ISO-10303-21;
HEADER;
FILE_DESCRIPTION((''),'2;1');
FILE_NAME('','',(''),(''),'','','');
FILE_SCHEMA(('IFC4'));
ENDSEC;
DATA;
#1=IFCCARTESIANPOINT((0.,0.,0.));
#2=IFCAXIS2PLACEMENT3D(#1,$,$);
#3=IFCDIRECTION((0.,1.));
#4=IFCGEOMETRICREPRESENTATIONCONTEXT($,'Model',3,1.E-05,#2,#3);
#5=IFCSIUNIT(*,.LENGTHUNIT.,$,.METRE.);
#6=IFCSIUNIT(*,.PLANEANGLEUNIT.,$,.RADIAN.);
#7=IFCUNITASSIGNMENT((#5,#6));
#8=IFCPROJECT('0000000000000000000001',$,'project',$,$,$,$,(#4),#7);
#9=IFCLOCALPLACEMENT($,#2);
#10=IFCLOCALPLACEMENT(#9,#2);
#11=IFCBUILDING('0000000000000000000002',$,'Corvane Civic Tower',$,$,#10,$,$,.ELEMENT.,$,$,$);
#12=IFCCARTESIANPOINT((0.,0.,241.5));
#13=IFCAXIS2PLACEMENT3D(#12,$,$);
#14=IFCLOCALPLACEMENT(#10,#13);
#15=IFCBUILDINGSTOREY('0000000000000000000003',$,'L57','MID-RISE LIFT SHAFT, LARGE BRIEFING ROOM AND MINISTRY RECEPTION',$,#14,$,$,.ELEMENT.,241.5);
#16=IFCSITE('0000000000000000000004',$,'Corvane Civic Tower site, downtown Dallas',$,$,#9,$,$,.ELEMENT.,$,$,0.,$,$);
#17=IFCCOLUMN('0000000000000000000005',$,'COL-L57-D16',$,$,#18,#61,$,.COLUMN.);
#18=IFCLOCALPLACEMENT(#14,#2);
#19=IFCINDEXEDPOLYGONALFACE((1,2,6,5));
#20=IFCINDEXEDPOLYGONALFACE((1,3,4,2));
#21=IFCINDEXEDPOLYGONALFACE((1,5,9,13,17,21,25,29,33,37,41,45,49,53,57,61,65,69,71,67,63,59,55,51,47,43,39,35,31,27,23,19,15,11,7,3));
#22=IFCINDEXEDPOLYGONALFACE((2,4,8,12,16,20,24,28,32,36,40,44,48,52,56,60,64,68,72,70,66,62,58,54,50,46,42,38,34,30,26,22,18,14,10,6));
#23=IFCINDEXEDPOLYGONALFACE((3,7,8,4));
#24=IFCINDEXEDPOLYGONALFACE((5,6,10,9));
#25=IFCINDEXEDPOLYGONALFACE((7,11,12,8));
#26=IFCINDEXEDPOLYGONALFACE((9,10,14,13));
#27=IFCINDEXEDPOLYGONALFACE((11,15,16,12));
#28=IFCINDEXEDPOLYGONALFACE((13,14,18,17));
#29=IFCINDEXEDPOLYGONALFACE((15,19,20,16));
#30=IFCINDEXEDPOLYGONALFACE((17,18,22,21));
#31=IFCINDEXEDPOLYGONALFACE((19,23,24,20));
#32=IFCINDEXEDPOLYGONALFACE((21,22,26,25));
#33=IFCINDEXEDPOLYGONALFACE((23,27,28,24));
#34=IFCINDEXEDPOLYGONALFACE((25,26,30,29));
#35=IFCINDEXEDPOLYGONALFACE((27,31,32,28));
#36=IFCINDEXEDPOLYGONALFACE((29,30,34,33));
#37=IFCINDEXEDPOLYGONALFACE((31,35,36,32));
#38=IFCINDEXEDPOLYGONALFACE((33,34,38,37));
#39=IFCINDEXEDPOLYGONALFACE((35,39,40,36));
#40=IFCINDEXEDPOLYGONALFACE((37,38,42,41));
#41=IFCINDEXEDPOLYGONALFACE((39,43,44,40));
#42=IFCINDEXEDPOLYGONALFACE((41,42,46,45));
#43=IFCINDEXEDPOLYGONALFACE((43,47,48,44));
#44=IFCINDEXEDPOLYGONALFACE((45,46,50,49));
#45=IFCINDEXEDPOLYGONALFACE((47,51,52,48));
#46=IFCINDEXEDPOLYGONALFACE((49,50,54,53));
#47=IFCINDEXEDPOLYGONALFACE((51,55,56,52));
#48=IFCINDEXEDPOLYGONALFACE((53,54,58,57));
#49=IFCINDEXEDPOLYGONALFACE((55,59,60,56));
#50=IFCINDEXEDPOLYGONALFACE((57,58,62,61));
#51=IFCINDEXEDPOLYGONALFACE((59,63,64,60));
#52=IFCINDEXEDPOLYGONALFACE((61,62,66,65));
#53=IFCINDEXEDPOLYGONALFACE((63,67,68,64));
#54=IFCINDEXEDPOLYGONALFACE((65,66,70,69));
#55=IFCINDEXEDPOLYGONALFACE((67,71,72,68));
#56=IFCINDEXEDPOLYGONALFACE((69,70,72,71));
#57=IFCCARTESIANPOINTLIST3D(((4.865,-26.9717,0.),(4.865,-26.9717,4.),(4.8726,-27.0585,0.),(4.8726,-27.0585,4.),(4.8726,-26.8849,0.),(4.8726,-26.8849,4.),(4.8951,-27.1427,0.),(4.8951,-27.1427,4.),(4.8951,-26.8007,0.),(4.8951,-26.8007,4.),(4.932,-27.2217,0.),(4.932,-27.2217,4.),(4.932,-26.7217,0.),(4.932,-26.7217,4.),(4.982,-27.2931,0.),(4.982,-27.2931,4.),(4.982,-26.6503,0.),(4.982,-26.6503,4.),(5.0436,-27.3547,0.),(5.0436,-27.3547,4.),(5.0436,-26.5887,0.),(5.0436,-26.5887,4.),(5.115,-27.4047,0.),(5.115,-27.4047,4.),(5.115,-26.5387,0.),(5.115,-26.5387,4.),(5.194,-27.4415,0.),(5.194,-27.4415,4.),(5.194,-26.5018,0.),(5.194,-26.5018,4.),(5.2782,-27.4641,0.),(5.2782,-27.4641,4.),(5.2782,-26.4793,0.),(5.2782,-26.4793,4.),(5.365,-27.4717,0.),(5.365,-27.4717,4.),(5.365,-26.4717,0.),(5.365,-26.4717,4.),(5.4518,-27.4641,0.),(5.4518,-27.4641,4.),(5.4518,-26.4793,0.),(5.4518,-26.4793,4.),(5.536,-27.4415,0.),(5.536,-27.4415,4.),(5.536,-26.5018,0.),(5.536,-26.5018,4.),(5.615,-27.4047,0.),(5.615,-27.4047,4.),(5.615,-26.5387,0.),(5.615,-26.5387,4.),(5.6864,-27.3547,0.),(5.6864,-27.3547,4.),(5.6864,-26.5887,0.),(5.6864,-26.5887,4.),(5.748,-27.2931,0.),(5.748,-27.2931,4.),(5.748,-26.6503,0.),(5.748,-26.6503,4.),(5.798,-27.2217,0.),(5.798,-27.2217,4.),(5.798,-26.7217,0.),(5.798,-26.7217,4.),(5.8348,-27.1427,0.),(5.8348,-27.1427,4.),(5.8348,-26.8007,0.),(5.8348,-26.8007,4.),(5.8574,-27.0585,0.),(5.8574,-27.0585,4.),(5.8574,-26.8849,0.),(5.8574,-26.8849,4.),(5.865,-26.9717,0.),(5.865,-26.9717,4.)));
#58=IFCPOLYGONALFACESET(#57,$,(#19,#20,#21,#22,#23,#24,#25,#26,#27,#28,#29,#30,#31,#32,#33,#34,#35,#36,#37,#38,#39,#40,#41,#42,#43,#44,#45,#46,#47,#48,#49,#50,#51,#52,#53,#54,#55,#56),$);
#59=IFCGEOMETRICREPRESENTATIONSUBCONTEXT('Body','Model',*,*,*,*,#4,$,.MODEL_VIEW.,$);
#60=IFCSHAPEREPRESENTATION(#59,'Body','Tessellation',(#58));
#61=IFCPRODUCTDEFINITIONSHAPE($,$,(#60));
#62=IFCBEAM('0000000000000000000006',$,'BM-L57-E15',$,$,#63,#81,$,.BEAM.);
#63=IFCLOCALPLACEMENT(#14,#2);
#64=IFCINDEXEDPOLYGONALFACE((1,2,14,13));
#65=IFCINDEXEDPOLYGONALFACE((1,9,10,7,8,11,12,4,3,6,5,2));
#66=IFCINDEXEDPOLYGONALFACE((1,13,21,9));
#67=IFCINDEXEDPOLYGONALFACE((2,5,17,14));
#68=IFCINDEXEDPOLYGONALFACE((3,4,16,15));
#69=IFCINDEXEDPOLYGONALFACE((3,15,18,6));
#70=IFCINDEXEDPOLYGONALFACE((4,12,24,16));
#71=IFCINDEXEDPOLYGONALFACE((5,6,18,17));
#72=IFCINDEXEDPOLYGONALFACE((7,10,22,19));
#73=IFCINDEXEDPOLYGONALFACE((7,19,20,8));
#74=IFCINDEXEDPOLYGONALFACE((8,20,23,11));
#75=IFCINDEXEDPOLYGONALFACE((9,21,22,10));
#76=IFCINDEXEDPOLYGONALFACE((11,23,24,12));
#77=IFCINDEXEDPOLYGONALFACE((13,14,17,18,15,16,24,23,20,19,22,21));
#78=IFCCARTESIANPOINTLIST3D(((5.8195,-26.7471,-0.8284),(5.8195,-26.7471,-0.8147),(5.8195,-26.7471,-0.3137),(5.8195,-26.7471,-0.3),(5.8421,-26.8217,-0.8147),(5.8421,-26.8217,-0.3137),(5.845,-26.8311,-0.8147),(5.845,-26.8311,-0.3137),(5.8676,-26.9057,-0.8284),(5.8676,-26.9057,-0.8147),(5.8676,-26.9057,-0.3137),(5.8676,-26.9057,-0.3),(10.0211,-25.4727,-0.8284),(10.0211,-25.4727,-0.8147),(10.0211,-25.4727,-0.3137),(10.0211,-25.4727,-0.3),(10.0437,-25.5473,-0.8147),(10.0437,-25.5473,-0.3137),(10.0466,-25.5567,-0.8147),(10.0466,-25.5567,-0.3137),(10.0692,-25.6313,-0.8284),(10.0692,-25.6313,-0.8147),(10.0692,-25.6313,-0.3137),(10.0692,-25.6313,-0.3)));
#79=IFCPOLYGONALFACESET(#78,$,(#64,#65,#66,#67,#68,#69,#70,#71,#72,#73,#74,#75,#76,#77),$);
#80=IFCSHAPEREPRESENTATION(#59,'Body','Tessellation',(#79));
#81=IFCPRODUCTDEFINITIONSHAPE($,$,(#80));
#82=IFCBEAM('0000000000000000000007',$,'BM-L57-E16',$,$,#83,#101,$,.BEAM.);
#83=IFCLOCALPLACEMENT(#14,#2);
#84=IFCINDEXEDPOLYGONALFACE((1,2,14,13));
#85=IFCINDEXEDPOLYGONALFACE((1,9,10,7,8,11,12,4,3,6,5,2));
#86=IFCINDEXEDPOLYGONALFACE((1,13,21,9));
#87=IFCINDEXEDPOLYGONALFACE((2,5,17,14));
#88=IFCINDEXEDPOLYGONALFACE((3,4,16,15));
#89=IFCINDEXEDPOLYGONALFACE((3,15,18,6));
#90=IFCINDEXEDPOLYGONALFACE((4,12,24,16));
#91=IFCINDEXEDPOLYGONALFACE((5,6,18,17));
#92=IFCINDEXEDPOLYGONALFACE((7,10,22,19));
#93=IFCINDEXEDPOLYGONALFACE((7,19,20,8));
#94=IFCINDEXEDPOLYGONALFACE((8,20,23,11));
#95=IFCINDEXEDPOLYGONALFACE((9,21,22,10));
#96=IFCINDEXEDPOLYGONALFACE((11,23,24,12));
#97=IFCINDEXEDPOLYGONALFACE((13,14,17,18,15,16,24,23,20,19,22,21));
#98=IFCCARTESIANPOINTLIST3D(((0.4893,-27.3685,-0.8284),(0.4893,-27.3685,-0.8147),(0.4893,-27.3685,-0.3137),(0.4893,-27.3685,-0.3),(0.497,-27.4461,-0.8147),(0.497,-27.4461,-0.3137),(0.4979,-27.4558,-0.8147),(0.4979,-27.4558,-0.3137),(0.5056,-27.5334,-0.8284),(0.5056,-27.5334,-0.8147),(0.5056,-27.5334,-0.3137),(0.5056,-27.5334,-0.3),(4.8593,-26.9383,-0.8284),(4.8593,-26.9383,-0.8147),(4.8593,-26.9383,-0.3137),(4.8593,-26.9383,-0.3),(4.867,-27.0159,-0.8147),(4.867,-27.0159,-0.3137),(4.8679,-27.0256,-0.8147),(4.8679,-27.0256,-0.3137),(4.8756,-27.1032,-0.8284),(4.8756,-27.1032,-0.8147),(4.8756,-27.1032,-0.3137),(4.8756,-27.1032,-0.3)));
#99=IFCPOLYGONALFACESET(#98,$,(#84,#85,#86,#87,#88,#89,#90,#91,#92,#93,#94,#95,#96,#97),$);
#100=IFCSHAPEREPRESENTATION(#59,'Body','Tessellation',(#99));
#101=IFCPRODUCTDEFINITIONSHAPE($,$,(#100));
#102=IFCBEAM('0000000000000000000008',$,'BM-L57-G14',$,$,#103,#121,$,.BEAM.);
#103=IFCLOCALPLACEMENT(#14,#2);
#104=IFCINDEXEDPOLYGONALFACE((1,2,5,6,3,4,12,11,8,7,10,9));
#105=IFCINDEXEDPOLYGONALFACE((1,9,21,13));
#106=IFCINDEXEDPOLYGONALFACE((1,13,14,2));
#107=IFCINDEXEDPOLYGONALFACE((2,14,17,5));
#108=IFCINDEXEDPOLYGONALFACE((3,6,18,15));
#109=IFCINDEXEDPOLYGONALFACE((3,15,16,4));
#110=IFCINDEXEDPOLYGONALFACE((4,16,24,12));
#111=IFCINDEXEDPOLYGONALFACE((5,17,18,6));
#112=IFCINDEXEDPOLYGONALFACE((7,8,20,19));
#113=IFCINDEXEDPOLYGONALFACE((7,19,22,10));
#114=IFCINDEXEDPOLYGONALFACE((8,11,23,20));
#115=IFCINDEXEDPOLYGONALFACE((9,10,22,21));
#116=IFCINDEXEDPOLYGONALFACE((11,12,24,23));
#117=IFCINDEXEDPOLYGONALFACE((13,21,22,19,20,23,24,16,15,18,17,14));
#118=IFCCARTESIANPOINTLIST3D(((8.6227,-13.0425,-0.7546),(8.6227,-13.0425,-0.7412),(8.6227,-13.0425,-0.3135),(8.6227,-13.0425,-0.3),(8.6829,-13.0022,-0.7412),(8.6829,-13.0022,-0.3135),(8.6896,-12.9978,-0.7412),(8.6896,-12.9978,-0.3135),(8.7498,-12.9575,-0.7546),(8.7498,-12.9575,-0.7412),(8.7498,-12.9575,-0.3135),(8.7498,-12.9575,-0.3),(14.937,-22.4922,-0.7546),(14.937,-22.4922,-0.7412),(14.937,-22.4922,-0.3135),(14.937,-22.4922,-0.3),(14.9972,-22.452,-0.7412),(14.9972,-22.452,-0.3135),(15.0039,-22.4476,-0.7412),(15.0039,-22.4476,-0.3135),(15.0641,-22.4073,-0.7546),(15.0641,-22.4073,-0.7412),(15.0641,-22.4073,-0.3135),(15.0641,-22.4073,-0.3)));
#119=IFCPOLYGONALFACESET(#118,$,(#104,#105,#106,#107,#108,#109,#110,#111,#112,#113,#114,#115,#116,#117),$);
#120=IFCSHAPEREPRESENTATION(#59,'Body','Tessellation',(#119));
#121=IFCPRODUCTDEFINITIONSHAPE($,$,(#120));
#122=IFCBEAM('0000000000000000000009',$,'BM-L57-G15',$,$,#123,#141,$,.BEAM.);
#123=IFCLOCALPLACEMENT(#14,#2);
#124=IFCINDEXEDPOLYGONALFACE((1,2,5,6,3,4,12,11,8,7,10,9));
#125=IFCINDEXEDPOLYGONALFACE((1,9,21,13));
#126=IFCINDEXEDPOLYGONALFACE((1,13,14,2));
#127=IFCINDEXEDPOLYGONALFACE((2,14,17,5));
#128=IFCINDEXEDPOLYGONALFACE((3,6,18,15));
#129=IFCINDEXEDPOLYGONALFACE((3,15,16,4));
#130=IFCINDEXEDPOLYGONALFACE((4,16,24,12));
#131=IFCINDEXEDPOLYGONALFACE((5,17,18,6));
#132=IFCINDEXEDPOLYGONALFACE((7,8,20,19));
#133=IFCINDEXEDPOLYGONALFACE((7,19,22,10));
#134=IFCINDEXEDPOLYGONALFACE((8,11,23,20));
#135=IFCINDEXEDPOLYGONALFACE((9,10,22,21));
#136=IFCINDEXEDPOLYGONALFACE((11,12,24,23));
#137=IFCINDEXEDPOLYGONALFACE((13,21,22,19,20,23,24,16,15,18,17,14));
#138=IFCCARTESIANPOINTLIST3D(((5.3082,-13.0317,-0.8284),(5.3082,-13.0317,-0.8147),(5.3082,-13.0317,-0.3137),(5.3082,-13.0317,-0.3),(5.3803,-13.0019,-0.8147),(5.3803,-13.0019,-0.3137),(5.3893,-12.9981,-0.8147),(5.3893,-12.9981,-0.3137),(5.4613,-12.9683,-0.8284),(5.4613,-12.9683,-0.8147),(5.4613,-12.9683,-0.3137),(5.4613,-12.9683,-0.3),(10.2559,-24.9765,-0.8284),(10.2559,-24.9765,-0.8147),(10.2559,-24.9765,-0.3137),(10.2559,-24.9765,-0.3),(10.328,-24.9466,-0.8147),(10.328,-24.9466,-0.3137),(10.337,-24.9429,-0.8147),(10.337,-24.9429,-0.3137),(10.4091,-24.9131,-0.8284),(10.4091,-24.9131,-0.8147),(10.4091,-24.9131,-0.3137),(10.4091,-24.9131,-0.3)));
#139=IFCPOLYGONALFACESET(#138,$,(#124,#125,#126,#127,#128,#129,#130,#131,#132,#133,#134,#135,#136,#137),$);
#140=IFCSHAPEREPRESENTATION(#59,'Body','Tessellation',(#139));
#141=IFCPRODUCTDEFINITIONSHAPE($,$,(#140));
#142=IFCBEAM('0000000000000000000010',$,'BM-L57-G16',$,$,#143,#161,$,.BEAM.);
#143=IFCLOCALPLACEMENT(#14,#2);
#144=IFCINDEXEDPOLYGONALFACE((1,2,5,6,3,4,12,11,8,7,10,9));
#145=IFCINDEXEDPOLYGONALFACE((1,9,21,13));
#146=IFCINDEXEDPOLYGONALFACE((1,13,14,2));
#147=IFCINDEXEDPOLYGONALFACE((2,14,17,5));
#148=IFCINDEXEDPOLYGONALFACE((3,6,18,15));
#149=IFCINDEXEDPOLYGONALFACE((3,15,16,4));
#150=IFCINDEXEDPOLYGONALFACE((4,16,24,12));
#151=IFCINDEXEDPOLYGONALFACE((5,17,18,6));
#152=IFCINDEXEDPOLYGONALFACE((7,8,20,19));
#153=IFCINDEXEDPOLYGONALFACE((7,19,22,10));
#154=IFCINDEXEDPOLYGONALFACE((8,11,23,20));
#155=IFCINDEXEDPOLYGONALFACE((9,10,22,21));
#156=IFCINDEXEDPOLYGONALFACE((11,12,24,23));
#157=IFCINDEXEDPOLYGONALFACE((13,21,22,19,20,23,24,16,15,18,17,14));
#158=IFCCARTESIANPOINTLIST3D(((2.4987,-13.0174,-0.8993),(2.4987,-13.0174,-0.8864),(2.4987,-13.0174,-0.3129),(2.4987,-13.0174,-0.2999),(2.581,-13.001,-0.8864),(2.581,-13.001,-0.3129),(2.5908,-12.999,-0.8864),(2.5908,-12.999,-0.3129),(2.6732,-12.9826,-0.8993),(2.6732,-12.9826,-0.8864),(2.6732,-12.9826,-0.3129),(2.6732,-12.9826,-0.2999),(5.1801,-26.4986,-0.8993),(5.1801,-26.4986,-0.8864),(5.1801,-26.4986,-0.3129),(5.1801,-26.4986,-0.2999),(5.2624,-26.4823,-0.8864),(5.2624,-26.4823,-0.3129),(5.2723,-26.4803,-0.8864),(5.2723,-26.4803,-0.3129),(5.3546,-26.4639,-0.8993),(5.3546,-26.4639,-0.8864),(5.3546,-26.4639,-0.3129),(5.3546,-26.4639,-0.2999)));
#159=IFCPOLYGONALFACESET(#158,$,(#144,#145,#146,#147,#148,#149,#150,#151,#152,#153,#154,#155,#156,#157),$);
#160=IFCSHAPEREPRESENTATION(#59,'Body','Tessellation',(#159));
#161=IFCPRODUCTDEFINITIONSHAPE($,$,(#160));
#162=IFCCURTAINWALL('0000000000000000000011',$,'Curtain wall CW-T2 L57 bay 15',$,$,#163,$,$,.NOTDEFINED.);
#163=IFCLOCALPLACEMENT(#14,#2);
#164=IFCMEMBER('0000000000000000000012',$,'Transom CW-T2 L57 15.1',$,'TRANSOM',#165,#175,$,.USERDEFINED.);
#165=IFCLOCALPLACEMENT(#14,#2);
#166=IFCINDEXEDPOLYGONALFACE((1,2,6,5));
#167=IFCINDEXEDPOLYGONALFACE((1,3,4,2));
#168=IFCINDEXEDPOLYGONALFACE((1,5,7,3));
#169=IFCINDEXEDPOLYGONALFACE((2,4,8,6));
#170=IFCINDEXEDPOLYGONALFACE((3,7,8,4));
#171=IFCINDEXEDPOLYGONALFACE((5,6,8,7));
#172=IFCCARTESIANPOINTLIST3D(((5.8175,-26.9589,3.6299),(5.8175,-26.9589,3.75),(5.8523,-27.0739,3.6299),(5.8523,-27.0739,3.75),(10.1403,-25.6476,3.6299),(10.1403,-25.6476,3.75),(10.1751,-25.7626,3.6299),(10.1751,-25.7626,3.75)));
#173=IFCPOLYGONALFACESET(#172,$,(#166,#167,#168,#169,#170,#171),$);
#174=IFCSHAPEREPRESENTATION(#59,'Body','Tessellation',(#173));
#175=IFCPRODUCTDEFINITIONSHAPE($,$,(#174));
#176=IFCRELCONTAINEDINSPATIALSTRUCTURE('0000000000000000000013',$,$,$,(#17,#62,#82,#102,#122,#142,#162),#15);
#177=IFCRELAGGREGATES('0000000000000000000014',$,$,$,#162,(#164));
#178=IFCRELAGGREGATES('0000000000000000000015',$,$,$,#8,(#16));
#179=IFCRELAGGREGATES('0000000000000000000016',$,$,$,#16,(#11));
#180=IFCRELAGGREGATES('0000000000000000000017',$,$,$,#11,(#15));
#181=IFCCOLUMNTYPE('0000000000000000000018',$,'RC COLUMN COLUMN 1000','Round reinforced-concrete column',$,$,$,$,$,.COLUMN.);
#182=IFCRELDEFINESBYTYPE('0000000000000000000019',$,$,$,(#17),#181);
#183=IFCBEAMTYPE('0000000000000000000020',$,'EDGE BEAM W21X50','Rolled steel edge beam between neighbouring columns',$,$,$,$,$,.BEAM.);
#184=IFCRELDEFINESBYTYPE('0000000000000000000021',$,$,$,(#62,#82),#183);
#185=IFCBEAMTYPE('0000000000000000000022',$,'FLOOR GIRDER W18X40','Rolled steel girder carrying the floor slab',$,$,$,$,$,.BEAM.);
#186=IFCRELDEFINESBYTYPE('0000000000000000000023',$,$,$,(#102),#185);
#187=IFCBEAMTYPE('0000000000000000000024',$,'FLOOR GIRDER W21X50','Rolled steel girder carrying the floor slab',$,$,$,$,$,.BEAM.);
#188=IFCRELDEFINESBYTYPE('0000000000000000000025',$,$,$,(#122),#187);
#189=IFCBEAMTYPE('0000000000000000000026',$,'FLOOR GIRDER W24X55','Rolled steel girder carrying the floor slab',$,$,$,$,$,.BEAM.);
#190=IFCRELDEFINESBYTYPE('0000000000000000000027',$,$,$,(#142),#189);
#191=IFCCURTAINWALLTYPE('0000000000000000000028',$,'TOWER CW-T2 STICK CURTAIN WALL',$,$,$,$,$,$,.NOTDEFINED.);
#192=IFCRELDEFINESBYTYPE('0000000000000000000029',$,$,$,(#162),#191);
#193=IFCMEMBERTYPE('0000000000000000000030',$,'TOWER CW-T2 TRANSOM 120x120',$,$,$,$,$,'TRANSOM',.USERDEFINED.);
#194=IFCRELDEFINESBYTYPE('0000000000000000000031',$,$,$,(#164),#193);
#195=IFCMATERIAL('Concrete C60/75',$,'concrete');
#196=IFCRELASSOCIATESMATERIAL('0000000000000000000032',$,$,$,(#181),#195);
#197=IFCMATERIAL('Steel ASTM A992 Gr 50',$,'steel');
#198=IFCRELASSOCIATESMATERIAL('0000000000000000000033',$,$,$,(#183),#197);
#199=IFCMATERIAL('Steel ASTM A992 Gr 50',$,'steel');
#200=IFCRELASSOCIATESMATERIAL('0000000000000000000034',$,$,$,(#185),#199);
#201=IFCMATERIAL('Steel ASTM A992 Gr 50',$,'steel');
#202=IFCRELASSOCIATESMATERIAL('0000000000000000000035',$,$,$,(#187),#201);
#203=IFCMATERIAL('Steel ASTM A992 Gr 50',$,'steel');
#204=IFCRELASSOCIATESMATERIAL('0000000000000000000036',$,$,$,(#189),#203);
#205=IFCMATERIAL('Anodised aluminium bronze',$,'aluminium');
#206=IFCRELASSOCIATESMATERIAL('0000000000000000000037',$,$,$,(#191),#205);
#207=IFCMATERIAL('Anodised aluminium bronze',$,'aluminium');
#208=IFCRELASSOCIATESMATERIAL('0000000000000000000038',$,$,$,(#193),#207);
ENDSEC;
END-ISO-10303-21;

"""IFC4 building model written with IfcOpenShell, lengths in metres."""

from ifc_helpers import new_model, si_unit, direction, frame, origin, origin_2d, place, context, subcontext, project, spatial, rectangle, circle, i_section, extrude, material, material_profile, profile_set, type_object, element, aggregate, save


model = new_model("IFC4")

# Units and contexts
model_context = context("Model", 3, precision=1e-05, world=origin(), true_north=direction((0.0, 1.0)))
body_context = subcontext(model_context, "Body", "Model", "MODEL_VIEW")
ifc_project = project(units=[si_unit("LENGTHUNIT", "METRE"), si_unit("PLANEANGLEUNIT", "RADIAN")], contexts=[model_context])

# Site, building, storey
site_placement = place(None, origin())
site = spatial("IfcSite", under=ifc_project, at=site_placement, Name="Corvane Civic Tower site, downtown Dallas", CompositionType="ELEMENT", RefElevation=0.0)
building_placement = place(site_placement, origin())
building = spatial("IfcBuilding", under=site, at=building_placement, Name="Corvane Civic Tower", CompositionType="ELEMENT")
storey_placement = place(building_placement, frame((0.0, 0.0, 241.5)))
storey = spatial("IfcBuildingStorey", under=building, at=storey_placement, Name="L57", Description="MID-RISE LIFT SHAFT, LARGE BRIEFING ROOM AND MINISTRY RECEPTION", CompositionType="ELEMENT", Elevation=241.5)

# Column
ifc_material_1 = material(Name="Concrete C60/75", Category="concrete")
ifc_material_profile_1 = material_profile(ifc_material_1, circle(Radius=0.5, at=origin_2d()), Name="COLUMN 1000")
ifc_profile_set_1 = profile_set([ifc_material_profile_1], Name="Concrete C60/75")
column_type = type_object("IfcColumnType", Name="RC COLUMN COLUMN 1000", Description="Round reinforced-concrete column", PredefinedType="COLUMN", material=ifc_profile_set_1)
column_placement = place(storey_placement, frame((5.365, -26.9717, 0.0), z_axis=(0.0, 0.0, 1.0), x_axis=(1.0, 0.0, 0.0)))
element("IfcColumn", 1, at=column_placement, inside=storey, type_object=column_type, Name="COL-L57-D16", PredefinedType="COLUMN", context=body_context, shape_type="SweptSolid", body=[
    extrude(circle(Radius=0.5, at=origin_2d()), origin(), (0.0, 0.0, 1.0), 4.0),
])

# Beams
ifc_material_2 = material(Name="Steel ASTM A992 Gr 50", Category="steel")
ifc_material_profile_2 = material_profile(ifc_material_2, i_section(OverallWidth=0.1658, OverallDepth=0.5283, WebThickness=0.0098, FlangeThickness=0.0137, at=origin_2d()), Name="W21X50")
ifc_profile_set_2 = profile_set([ifc_material_profile_2], Name="Steel ASTM A992 Gr 50")
beam_type_1 = type_object("IfcBeamType", Name="EDGE BEAM W21X50", Description="Rolled steel edge beam between neighbouring columns", PredefinedType="BEAM", material=ifc_profile_set_2)
beam_1_placement = place(storey_placement, frame((10.0452, -25.552, -0.5642), z_axis=(-0.95695, -0.290254, 0.0), x_axis=(0.290254, -0.95695, 0.0)))
element("IfcBeam", 2, at=beam_1_placement, inside=storey, type_object=beam_type_1, Name="BM-L57-E15", PredefinedType="BEAM", context=body_context, shape_type="SweptSolid", body=[
    extrude(i_section(OverallWidth=0.1658, OverallDepth=0.5283, WebThickness=0.0098, FlangeThickness=0.0137, at=origin_2d()), origin(), (0.0, 0.0, 1.0), 4.3906),
])
beam_2_placement = place(storey_placement, frame((4.8674, -27.0208, -0.5642), z_axis=(-0.99519, -0.097968, 0.0), x_axis=(0.097968, -0.99519, 0.0)))
element("IfcBeam", 3, at=beam_2_placement, inside=storey, type_object=beam_type_1, Name="BM-L57-E16", PredefinedType="BEAM", context=body_context, shape_type="SweptSolid", body=[
    extrude(i_section(OverallWidth=0.1658, OverallDepth=0.5283, WebThickness=0.0098, FlangeThickness=0.0137, at=origin_2d()), origin(), (0.0, 0.0, 1.0), 4.3911),
])
ifc_material_3 = material(Name="Steel ASTM A992 Gr 50", Category="steel")
ifc_material_profile_3 = material_profile(ifc_material_3, i_section(OverallWidth=0.1528, OverallDepth=0.4546, WebThickness=0.0081, FlangeThickness=0.0134, at=origin_2d()), Name="W18X40")
ifc_profile_set_3 = profile_set([ifc_material_profile_3], Name="Steel ASTM A992 Gr 50")
beam_type_2 = type_object("IfcBeamType", Name="FLOOR GIRDER W18X40", Description="Rolled steel girder carrying the floor slab", PredefinedType="BEAM", material=ifc_profile_set_3)
beam_3_placement = place(storey_placement, frame((8.6863, -13.0, -0.5273), z_axis=(0.555577, -0.831465, 0.0), x_axis=(0.831465, 0.555577, 0.0)))
element("IfcBeam", 4, at=beam_3_placement, inside=storey, type_object=beam_type_2, Name="BM-L57-G14", PredefinedType="BEAM", context=body_context, shape_type="SweptSolid", body=[
    extrude(i_section(OverallWidth=0.1528, OverallDepth=0.4546, WebThickness=0.0081, FlangeThickness=0.0134, at=origin_2d()), origin(), (0.0, 0.0, 1.0), 11.3652),
])
ifc_material_4 = material(Name="Steel ASTM A992 Gr 50", Category="steel")
ifc_material_profile_4 = material_profile(ifc_material_4, i_section(OverallWidth=0.1658, OverallDepth=0.5283, WebThickness=0.0098, FlangeThickness=0.0137, at=origin_2d()), Name="W21X50")
ifc_profile_set_4 = profile_set([ifc_material_profile_4], Name="Steel ASTM A992 Gr 50")
beam_type_3 = type_object("IfcBeamType", Name="FLOOR GIRDER W21X50", Description="Rolled steel girder carrying the floor slab", PredefinedType="BEAM", material=ifc_profile_set_4)
beam_4_placement = place(storey_placement, frame((5.3848, -13.0, -0.5642), z_axis=(0.382686, -0.923878, 0.0), x_axis=(0.923878, 0.382686, 0.0)))
element("IfcBeam", 5, at=beam_4_placement, inside=storey, type_object=beam_type_3, Name="BM-L57-G15", PredefinedType="BEAM", context=body_context, shape_type="SweptSolid", body=[
    extrude(i_section(OverallWidth=0.1658, OverallDepth=0.5283, WebThickness=0.0098, FlangeThickness=0.0137, at=origin_2d()), origin(), (0.0, 0.0, 1.0), 12.929),
])
ifc_material_5 = material(Name="Steel ASTM A992 Gr 50", Category="steel")
ifc_material_profile_5 = material_profile(ifc_material_5, i_section(OverallWidth=0.178, OverallDepth=0.5994, WebThickness=0.01, FlangeThickness=0.0129, at=origin_2d()), Name="W24X55")
ifc_profile_set_5 = profile_set([ifc_material_profile_5], Name="Steel ASTM A992 Gr 50")
beam_type_4 = type_object("IfcBeamType", Name="FLOOR GIRDER W24X55", Description="Rolled steel girder carrying the floor slab", PredefinedType="BEAM", material=ifc_profile_set_5)
beam_5_placement = place(storey_placement, frame((2.5859, -13.0, -0.5996), z_axis=(0.195078, -0.980788, 0.0), x_axis=(0.980788, 0.195078, 0.0)))
element("IfcBeam", 6, at=beam_5_placement, inside=storey, type_object=beam_type_4, Name="BM-L57-G16", PredefinedType="BEAM", context=body_context, shape_type="SweptSolid", body=[
    extrude(i_section(OverallWidth=0.178, OverallDepth=0.5994, WebThickness=0.01, FlangeThickness=0.0129, at=origin_2d()), origin(), (0.0, 0.0, 1.0), 13.7454),
])

# Curtain wall, member
ifc_material_6 = material(Name="Anodised aluminium bronze", Category="aluminium")
curtain_wall_type = type_object("IfcCurtainWallType", Name="TOWER CW-T2 STICK CURTAIN WALL", PredefinedType="NOTDEFINED", material=ifc_material_6)
curtain_wall_1_placement = place(storey_placement, origin())
curtain_wall_1 = element("IfcCurtainWall", 7, at=curtain_wall_1_placement, inside=storey, type_object=curtain_wall_type, Name="Curtain wall CW-T2 L57 bay 15", PredefinedType="NOTDEFINED")
ifc_material_7 = material(Name="Anodised aluminium bronze", Category="aluminium")
ifc_material_profile_6 = material_profile(ifc_material_7, rectangle(XDim=0.1201, YDim=0.1201, at=origin_2d()), Name="TOWER CW-T2 TRANSOM 120x120")
ifc_profile_set_6 = profile_set([ifc_material_profile_6], Name="Anodised aluminium bronze")
member_type = type_object("IfcMemberType", Name="TOWER CW-T2 TRANSOM 120x120", ElementType="TRANSOM", PredefinedType="USERDEFINED", material=ifc_profile_set_6)
member_1_placement = place(storey_placement, frame((10.1577, -25.7051, 3.6899), z_axis=(-0.956941, -0.290282, 0.0), x_axis=(0.290282, -0.956941, 0.0)))
member_1 = element("IfcMember", 8, at=member_1_placement, type_object=member_type, Name="Transom CW-T2 L57 15.1", ObjectType="TRANSOM", PredefinedType="USERDEFINED", context=body_context, shape_type="SweptSolid", body=[
    extrude(rectangle(XDim=0.1201, YDim=0.1201, at=origin_2d()), origin(), (0.0, 0.0, 1.0), 4.5173),
])

aggregate(curtain_wall_1, [member_1])

save(model, "model.ifc")
